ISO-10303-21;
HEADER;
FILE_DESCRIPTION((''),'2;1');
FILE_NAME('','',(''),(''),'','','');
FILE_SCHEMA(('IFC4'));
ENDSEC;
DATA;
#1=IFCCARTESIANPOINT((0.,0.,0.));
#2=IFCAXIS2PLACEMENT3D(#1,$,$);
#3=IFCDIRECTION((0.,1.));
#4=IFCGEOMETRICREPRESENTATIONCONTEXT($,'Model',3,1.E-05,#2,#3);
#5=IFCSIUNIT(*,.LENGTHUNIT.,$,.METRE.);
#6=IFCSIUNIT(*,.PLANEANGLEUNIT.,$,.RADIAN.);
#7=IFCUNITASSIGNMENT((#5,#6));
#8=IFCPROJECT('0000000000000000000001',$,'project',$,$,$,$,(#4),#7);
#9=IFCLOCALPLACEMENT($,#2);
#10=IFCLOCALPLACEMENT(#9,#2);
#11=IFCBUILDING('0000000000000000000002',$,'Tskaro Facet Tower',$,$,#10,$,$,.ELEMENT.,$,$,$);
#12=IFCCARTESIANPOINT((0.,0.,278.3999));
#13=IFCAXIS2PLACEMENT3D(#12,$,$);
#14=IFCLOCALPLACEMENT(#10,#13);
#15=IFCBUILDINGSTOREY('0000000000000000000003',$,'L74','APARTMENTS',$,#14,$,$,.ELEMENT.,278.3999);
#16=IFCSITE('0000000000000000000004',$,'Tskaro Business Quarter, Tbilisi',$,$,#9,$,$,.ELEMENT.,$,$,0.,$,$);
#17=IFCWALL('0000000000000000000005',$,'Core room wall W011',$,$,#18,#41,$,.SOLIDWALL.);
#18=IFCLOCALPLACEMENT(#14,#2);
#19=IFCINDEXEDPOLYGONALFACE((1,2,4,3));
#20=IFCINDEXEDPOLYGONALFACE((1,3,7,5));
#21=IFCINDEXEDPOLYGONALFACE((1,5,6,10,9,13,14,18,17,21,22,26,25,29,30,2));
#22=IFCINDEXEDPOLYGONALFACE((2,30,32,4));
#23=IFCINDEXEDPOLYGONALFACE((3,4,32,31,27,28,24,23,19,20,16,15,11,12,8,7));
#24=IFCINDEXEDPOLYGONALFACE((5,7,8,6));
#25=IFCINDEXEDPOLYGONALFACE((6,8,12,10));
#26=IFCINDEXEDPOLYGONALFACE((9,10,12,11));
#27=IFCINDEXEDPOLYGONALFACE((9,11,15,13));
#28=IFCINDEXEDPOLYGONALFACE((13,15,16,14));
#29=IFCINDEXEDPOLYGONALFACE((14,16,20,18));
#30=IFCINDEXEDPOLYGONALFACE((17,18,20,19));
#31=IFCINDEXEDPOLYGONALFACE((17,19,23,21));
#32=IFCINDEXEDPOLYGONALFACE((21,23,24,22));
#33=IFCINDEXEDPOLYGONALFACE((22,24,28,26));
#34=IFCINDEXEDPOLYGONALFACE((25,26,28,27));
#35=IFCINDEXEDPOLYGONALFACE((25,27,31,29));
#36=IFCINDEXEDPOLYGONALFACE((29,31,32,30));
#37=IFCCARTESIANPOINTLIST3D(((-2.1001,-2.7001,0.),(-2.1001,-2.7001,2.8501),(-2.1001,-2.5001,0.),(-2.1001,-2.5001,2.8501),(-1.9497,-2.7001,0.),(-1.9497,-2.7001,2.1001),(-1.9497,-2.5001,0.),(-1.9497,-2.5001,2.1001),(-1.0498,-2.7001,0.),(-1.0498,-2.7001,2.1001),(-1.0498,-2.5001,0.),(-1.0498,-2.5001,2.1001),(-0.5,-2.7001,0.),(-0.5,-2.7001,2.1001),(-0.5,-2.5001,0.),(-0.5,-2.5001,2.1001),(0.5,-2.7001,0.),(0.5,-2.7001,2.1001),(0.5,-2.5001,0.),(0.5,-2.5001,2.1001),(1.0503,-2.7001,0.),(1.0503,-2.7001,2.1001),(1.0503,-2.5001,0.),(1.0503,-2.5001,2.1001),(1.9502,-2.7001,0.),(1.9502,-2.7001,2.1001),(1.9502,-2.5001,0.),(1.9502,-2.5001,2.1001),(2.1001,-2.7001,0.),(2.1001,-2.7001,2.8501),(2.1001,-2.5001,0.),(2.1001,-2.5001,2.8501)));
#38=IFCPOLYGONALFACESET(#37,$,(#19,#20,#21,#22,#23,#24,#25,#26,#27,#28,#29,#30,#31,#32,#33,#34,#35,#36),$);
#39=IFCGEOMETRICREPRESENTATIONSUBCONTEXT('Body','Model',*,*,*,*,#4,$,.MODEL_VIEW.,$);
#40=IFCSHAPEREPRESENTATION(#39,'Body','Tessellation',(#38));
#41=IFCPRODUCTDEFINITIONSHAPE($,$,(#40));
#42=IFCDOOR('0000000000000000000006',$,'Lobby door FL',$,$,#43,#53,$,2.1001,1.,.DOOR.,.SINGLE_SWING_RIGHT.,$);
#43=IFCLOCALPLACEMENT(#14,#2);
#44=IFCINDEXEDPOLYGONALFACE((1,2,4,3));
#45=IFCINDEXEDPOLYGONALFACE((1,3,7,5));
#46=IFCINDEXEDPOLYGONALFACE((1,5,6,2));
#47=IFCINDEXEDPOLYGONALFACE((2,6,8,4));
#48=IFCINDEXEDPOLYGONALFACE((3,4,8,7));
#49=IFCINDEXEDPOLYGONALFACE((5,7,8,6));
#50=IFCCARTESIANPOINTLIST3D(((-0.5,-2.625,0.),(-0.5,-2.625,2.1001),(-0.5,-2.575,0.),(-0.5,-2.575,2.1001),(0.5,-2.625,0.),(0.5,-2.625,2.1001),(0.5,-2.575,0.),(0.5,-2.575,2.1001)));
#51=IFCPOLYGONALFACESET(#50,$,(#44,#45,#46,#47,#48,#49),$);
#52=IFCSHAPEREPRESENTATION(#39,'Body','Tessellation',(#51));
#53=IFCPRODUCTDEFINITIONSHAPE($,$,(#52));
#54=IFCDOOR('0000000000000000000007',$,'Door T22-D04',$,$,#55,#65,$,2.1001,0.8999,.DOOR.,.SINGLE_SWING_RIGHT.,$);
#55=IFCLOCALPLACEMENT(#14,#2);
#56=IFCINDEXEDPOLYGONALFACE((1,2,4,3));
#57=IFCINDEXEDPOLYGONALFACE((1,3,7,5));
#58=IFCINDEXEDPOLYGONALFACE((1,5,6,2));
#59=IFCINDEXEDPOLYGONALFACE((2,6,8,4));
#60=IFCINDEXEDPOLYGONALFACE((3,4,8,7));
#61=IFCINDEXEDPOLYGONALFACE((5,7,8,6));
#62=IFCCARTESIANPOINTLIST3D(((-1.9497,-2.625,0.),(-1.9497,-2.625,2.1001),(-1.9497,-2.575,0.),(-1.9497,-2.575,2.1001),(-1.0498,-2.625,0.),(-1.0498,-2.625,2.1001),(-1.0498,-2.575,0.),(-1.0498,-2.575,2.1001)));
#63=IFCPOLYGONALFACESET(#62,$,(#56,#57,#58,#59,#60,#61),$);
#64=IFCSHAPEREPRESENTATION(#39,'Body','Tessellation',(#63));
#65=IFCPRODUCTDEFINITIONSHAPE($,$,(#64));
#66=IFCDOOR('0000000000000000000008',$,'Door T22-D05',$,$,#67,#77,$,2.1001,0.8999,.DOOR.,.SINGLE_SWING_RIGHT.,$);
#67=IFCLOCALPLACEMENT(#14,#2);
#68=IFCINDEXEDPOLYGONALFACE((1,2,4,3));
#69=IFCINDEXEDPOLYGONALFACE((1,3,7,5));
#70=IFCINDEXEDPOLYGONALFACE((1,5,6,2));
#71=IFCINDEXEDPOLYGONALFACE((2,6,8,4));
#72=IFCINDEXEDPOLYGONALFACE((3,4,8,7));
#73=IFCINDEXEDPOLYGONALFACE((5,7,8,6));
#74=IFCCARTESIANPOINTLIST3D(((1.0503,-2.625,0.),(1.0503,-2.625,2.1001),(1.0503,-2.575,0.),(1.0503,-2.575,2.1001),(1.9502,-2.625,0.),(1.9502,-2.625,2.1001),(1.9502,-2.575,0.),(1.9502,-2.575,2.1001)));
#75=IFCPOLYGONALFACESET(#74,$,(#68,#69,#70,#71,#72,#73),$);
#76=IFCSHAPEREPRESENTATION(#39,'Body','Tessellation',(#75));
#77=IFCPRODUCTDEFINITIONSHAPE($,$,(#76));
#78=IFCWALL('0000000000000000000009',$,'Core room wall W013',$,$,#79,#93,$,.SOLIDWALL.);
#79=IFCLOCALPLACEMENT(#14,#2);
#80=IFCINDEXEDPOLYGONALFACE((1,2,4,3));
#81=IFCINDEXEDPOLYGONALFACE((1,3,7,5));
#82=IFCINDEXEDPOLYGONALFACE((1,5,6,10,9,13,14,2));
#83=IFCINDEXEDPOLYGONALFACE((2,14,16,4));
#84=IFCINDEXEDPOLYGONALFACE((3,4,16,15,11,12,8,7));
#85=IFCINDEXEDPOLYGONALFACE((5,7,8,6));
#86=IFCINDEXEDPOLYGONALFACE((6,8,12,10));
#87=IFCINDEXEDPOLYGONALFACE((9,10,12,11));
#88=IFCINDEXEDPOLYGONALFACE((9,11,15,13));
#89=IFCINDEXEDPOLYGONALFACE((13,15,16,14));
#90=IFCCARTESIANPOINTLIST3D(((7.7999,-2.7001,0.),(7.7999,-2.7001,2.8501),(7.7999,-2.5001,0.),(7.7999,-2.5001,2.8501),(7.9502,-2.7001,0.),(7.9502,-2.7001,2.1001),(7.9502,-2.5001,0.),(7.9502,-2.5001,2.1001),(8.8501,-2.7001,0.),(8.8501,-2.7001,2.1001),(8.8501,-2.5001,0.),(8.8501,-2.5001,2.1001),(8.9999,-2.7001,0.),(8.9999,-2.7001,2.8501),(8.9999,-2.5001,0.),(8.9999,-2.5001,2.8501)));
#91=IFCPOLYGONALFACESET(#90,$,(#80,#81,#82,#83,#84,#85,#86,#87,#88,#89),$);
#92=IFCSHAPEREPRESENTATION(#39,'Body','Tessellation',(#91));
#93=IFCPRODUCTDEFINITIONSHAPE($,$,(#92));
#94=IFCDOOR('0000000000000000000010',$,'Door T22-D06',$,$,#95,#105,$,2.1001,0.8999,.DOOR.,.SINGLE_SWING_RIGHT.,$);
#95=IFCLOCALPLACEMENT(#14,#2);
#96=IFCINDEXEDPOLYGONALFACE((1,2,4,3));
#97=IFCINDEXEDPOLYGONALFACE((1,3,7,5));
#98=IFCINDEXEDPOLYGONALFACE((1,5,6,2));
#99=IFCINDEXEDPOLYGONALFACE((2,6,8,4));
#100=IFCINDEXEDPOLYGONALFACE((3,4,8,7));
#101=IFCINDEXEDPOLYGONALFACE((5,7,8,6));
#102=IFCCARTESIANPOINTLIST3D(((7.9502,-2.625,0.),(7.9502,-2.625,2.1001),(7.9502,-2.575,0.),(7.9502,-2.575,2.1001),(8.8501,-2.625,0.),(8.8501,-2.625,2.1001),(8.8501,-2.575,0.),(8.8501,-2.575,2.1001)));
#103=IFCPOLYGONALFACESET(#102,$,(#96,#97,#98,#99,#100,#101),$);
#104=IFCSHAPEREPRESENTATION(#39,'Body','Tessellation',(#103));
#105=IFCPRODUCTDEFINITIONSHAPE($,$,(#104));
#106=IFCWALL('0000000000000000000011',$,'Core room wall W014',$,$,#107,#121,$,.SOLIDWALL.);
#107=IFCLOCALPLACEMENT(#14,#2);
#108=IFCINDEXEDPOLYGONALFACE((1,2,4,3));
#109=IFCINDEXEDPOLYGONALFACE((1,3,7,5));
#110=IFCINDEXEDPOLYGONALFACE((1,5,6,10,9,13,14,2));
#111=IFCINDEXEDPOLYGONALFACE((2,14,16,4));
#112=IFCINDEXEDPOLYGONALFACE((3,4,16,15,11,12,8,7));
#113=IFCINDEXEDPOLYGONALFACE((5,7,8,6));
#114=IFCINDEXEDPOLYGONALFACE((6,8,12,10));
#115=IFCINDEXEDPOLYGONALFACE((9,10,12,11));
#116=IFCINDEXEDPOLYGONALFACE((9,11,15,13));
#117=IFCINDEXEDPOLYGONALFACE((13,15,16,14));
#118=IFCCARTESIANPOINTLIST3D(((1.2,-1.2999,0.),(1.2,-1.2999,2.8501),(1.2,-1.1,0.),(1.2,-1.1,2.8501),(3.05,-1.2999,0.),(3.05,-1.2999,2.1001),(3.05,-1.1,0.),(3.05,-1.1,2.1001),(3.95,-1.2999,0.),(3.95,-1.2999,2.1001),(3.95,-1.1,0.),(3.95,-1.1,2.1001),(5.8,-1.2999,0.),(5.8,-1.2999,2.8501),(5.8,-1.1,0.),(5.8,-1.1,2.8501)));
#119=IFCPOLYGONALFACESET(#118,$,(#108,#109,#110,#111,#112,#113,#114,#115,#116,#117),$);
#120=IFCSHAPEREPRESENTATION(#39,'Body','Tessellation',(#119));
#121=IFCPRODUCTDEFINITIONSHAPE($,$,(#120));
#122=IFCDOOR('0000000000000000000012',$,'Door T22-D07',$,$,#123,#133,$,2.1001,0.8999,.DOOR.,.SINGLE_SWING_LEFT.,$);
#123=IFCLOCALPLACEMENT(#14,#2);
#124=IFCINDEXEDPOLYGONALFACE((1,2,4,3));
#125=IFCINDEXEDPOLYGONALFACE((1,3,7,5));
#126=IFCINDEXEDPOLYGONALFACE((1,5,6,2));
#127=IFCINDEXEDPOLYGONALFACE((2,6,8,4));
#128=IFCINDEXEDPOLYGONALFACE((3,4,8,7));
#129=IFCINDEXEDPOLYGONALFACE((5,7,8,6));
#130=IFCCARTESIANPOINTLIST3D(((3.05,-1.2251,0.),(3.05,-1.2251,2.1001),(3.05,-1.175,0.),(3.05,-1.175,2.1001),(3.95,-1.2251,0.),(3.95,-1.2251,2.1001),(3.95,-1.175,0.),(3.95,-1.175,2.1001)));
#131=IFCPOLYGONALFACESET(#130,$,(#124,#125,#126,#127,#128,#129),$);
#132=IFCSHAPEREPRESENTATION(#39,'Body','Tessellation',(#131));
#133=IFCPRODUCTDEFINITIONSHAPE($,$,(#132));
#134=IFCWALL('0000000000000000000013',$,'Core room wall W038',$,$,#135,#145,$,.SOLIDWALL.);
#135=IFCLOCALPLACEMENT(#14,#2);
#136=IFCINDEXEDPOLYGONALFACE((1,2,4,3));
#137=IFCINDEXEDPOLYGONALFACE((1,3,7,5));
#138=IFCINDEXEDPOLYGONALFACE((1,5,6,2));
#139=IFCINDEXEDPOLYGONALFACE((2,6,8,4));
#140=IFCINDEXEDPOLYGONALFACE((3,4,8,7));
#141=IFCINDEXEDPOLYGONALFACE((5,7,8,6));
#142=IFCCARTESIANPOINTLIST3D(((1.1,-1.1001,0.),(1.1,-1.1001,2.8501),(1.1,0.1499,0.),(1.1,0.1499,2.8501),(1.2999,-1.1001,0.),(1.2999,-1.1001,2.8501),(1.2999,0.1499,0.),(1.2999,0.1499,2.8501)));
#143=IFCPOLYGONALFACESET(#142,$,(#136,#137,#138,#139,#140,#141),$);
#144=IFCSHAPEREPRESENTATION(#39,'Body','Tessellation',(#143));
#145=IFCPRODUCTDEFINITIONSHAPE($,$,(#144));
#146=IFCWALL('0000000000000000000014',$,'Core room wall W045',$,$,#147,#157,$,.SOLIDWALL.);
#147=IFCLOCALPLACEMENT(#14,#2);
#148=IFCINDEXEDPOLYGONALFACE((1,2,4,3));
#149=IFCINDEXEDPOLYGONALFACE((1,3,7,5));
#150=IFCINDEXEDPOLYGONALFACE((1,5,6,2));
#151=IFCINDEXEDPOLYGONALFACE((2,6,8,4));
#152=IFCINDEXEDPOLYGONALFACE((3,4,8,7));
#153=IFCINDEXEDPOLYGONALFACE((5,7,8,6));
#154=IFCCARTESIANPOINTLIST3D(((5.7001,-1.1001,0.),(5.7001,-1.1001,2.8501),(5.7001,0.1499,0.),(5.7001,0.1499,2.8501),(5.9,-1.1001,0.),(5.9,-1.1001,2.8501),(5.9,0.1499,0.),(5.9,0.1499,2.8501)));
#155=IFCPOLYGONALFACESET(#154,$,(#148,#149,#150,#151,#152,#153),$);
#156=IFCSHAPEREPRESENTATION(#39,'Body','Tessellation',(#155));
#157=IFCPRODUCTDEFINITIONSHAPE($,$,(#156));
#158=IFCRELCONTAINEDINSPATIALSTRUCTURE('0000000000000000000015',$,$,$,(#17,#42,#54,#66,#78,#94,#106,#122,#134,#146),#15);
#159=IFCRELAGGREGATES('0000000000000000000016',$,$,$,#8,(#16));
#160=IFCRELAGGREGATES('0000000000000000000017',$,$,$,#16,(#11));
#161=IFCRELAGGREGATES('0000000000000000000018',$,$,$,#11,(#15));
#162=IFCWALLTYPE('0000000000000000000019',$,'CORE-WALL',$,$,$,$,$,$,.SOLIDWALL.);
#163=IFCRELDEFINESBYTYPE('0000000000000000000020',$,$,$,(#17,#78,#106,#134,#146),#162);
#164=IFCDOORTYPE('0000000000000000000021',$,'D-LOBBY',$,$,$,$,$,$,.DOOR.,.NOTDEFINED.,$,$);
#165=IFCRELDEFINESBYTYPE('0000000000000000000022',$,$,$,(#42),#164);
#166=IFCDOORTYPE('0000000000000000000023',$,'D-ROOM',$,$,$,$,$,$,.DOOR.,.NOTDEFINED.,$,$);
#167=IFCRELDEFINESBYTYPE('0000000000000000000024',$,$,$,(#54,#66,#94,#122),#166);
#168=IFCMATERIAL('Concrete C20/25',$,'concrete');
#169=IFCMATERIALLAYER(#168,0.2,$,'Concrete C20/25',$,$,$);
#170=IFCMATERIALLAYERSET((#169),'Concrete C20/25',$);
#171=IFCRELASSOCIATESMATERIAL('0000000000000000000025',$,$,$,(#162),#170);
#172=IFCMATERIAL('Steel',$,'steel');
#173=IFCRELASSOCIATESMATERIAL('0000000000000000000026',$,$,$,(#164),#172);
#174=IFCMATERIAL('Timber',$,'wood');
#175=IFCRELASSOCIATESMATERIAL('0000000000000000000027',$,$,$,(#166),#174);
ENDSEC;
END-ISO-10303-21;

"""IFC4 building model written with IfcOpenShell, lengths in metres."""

from ifc_helpers import new_model, si_unit, direction, frame, frame_2d, origin, place, context, subcontext, project, spatial, rectangle, extrude, material, layer, layer_set, type_object, element, fill, save


model = new_model("IFC4")

# Units and contexts
model_context = context("Model", 3, precision=1e-05, world=origin(), true_north=direction((0.0, 1.0)))
body_context = subcontext(model_context, "Body", "Model", "MODEL_VIEW")
ifc_project = project(units=[si_unit("LENGTHUNIT", "METRE"), si_unit("PLANEANGLEUNIT", "RADIAN")], contexts=[model_context])

# Site, building, storey
site_placement = place(None, origin())
site = spatial("IfcSite", under=ifc_project, at=site_placement, Name="Tskaro Business Quarter, Tbilisi", CompositionType="ELEMENT", RefElevation=0.0)
building_placement = place(site_placement, origin())
building = spatial("IfcBuilding", under=site, at=building_placement, Name="Tskaro Facet Tower", CompositionType="ELEMENT")
storey_placement = place(building_placement, frame((0.0, 0.0, 278.3999)))
storey = spatial("IfcBuildingStorey", under=building, at=storey_placement, Name="L74", Description="APARTMENTS", CompositionType="ELEMENT", Elevation=278.3999)

# Wall, openings, doors
ifc_material_1 = material(Name="Concrete C20/25", Category="concrete")
ifc_layer_1 = layer(ifc_material_1, 0.2, Name="Concrete C20/25")
ifc_layer_set_1 = layer_set([ifc_layer_1], Name="Concrete C20/25")
wall_type_1 = type_object("IfcWallType", Name="CORE-WALL", PredefinedType="SOLIDWALL", material=ifc_layer_set_1)
wall_1_placement = place(storey_placement, frame((2.1001, -2.6001, 0.0), z_axis=(0.0, 0.0, 1.0), x_axis=(-1.0, 0.0, 0.0)))
wall_1 = element("IfcWall", 1, at=wall_1_placement, inside=storey, type_object=wall_type_1, Name="Core room wall W011", PredefinedType="SOLIDWALL", context=body_context, shape_type="SweptSolid", body=[
    extrude(rectangle(XDim=4.2002, YDim=0.2, at=frame_2d((2.1001, 0.0))), origin(), (0.0, 0.0, 1.0), 2.8501),
])
opening_1_placement = place(wall_1_placement, frame((1.6001, 0.0, 0.0)))
opening_1 = element("IfcOpeningElement", 2, at=opening_1_placement, cuts=wall_1, PredefinedType="OPENING", context=body_context, shape_type="SweptSolid", body=[
    extrude(rectangle(XDim=1.0, YDim=2.1001, at=frame_2d((0.5, 1.05))), frame((0.0, 0.1099, 0.0), z_axis=(0.0, -1.0, 0.0), x_axis=(1.0, 0.0, 0.0)), (0.0, 0.0, 1.0), 0.22),
])
opening_2_placement = place(wall_1_placement, frame((3.1499, 0.0, 0.0)))
opening_2 = element("IfcOpeningElement", 3, at=opening_2_placement, cuts=wall_1, PredefinedType="OPENING", context=body_context, shape_type="SweptSolid", body=[
    extrude(rectangle(XDim=0.8999, YDim=2.1001, at=frame_2d((0.45, 1.05))), frame((0.0, 0.1099, 0.0), z_axis=(0.0, -1.0, 0.0), x_axis=(1.0, 0.0, 0.0)), (0.0, 0.0, 1.0), 0.22),
])
opening_3_placement = place(wall_1_placement, frame((0.1499, 0.0, 0.0)))
opening_3 = element("IfcOpeningElement", 4, at=opening_3_placement, cuts=wall_1, PredefinedType="OPENING", context=body_context, shape_type="SweptSolid", body=[
    extrude(rectangle(XDim=0.8999, YDim=2.1001, at=frame_2d((0.45, 1.05))), frame((0.0, 0.1099, 0.0), z_axis=(0.0, -1.0, 0.0), x_axis=(1.0, 0.0, 0.0)), (0.0, 0.0, 1.0), 0.22),
])
ifc_material_2 = material(Name="Steel", Category="steel")
door_type_1 = type_object("IfcDoorType", Name="D-LOBBY", OperationType="NOTDEFINED", PredefinedType="DOOR", material=ifc_material_2)
door_1_placement = place(opening_1_placement, origin())
door_1 = element("IfcDoor", 5, at=door_1_placement, inside=storey, type_object=door_type_1, Name="Lobby door FL", OperationType="SINGLE_SWING_RIGHT", OverallHeight=2.1001, OverallWidth=1.0, PredefinedType="DOOR", context=body_context, shape_type="SweptSolid", body=[
    extrude(rectangle(XDim=1.0, YDim=2.1001, at=frame_2d((0.5, 1.05))), frame((0.0, 0.0249, 0.0), z_axis=(0.0, -1.0, 0.0), x_axis=(1.0, 0.0, 0.0)), (0.0, 0.0, 1.0), 0.05),
])
fill(opening_1, door_1)
ifc_material_3 = material(Name="Timber", Category="wood")
door_type_2 = type_object("IfcDoorType", Name="D-ROOM", OperationType="NOTDEFINED", PredefinedType="DOOR", material=ifc_material_3)
door_2_placement = place(opening_2_placement, origin())
door_2 = element("IfcDoor", 6, at=door_2_placement, inside=storey, type_object=door_type_2, Name="Door T22-D04", OperationType="SINGLE_SWING_RIGHT", OverallHeight=2.1001, OverallWidth=0.8999, PredefinedType="DOOR", context=body_context, shape_type="SweptSolid", body=[
    extrude(rectangle(XDim=0.8999, YDim=2.1001, at=frame_2d((0.45, 1.05))), frame((0.0, 0.0249, 0.0), z_axis=(0.0, -1.0, 0.0), x_axis=(1.0, 0.0, 0.0)), (0.0, 0.0, 1.0), 0.05),
])
fill(opening_2, door_2)
door_3_placement = place(opening_3_placement, origin())
door_3 = element("IfcDoor", 7, at=door_3_placement, inside=storey, type_object=door_type_2, Name="Door T22-D05", OperationType="SINGLE_SWING_RIGHT", OverallHeight=2.1001, OverallWidth=0.8999, PredefinedType="DOOR", context=body_context, shape_type="SweptSolid", body=[
    extrude(rectangle(XDim=0.8999, YDim=2.1001, at=frame_2d((0.45, 1.05))), frame((0.0, 0.0249, 0.0), z_axis=(0.0, -1.0, 0.0), x_axis=(1.0, 0.0, 0.0)), (0.0, 0.0, 1.0), 0.05),
])
fill(opening_3, door_3)

# Walls, openings, doors
wall_2_placement = place(storey_placement, frame((9.0, -2.6001, 0.0), z_axis=(0.0, 0.0, 1.0), x_axis=(-1.0, 0.0, 0.0)))
wall_2 = element("IfcWall", 8, at=wall_2_placement, inside=storey, type_object=wall_type_1, Name="Core room wall W013", PredefinedType="SOLIDWALL", context=body_context, shape_type="SweptSolid", body=[
    extrude(rectangle(XDim=1.2, YDim=0.2, at=frame_2d((0.6001, 0.0))), origin(), (0.0, 0.0, 1.0), 2.8501),
])
opening_4_placement = place(wall_2_placement, frame((0.1499, 0.0, 0.0)))
opening_4 = element("IfcOpeningElement", 9, at=opening_4_placement, cuts=wall_2, PredefinedType="OPENING", context=body_context, shape_type="SweptSolid", body=[
    extrude(rectangle(XDim=0.8999, YDim=2.1001, at=frame_2d((0.45, 1.05))), frame((0.0, 0.1099, 0.0), z_axis=(0.0, -1.0, 0.0), x_axis=(1.0, 0.0, 0.0)), (0.0, 0.0, 1.0), 0.22),
])
door_4_placement = place(opening_4_placement, origin())
door_4 = element("IfcDoor", 10, at=door_4_placement, inside=storey, type_object=door_type_2, Name="Door T22-D06", OperationType="SINGLE_SWING_RIGHT", OverallHeight=2.1001, OverallWidth=0.8999, PredefinedType="DOOR", context=body_context, shape_type="SweptSolid", body=[
    extrude(rectangle(XDim=0.8999, YDim=2.1001, at=frame_2d((0.45, 1.05))), frame((0.0, 0.0249, 0.0), z_axis=(0.0, -1.0, 0.0), x_axis=(1.0, 0.0, 0.0)), (0.0, 0.0, 1.0), 0.05),
])
fill(opening_4, door_4)
wall_3_placement = place(storey_placement, frame((1.2, -1.2, 0.0), z_axis=(0.0, 0.0, 1.0), x_axis=(1.0, 0.0, 0.0)))
wall_3 = element("IfcWall", 11, at=wall_3_placement, inside=storey, type_object=wall_type_1, Name="Core room wall W014", PredefinedType="SOLIDWALL", context=body_context, shape_type="SweptSolid", body=[
    extrude(rectangle(XDim=4.6001, YDim=0.2, at=frame_2d((2.3, 0.0))), origin(), (0.0, 0.0, 1.0), 2.8501),
])
opening_5_placement = place(wall_3_placement, frame((1.8501, 0.0, 0.0)))
opening_5 = element("IfcOpeningElement", 12, at=opening_5_placement, cuts=wall_3, PredefinedType="OPENING", context=body_context, shape_type="SweptSolid", body=[
    extrude(rectangle(XDim=0.8999, YDim=2.1001, at=frame_2d((0.45, 1.05))), frame((0.0, 0.1099, 0.0), z_axis=(0.0, -1.0, 0.0), x_axis=(1.0, 0.0, 0.0)), (0.0, 0.0, 1.0), 0.22),
])
door_5_placement = place(opening_5_placement, origin())
door_5 = element("IfcDoor", 13, at=door_5_placement, inside=storey, type_object=door_type_2, Name="Door T22-D07", OperationType="SINGLE_SWING_LEFT", OverallHeight=2.1001, OverallWidth=0.8999, PredefinedType="DOOR", context=body_context, shape_type="SweptSolid", body=[
    extrude(rectangle(XDim=0.8999, YDim=2.1001, at=frame_2d((0.45, 1.05))), frame((0.0, 0.0249, 0.0), z_axis=(0.0, -1.0, 0.0), x_axis=(1.0, 0.0, 0.0)), (0.0, 0.0, 1.0), 0.05),
])
fill(opening_5, door_5)

# Walls
for number, where, z_axis, x_axis, name in (
    (14, (1.2, -1.1001, 0.0), (0.0, 0.0, 1.0), (0.0, 1.0, 0.0), "Core room wall W038"),
    (15, (5.8, -1.1001, 0.0), (0.0, 0.0, 1.0), (0.0, 1.0, 0.0), "Core room wall W045"),
):
    element("IfcWall", number, at=place(storey_placement, frame(where, z_axis=z_axis, x_axis=x_axis)), inside=storey, type_object=wall_type_1, Name=name, PredefinedType="SOLIDWALL", context=body_context, shape_type="SweptSolid", body=[
        extrude(rectangle(XDim=1.25, YDim=0.2, at=frame_2d((0.625, 0.0))), origin(), (0.0, 0.0, 1.0), 2.8501),
    ])

save(model, "model.ifc")
